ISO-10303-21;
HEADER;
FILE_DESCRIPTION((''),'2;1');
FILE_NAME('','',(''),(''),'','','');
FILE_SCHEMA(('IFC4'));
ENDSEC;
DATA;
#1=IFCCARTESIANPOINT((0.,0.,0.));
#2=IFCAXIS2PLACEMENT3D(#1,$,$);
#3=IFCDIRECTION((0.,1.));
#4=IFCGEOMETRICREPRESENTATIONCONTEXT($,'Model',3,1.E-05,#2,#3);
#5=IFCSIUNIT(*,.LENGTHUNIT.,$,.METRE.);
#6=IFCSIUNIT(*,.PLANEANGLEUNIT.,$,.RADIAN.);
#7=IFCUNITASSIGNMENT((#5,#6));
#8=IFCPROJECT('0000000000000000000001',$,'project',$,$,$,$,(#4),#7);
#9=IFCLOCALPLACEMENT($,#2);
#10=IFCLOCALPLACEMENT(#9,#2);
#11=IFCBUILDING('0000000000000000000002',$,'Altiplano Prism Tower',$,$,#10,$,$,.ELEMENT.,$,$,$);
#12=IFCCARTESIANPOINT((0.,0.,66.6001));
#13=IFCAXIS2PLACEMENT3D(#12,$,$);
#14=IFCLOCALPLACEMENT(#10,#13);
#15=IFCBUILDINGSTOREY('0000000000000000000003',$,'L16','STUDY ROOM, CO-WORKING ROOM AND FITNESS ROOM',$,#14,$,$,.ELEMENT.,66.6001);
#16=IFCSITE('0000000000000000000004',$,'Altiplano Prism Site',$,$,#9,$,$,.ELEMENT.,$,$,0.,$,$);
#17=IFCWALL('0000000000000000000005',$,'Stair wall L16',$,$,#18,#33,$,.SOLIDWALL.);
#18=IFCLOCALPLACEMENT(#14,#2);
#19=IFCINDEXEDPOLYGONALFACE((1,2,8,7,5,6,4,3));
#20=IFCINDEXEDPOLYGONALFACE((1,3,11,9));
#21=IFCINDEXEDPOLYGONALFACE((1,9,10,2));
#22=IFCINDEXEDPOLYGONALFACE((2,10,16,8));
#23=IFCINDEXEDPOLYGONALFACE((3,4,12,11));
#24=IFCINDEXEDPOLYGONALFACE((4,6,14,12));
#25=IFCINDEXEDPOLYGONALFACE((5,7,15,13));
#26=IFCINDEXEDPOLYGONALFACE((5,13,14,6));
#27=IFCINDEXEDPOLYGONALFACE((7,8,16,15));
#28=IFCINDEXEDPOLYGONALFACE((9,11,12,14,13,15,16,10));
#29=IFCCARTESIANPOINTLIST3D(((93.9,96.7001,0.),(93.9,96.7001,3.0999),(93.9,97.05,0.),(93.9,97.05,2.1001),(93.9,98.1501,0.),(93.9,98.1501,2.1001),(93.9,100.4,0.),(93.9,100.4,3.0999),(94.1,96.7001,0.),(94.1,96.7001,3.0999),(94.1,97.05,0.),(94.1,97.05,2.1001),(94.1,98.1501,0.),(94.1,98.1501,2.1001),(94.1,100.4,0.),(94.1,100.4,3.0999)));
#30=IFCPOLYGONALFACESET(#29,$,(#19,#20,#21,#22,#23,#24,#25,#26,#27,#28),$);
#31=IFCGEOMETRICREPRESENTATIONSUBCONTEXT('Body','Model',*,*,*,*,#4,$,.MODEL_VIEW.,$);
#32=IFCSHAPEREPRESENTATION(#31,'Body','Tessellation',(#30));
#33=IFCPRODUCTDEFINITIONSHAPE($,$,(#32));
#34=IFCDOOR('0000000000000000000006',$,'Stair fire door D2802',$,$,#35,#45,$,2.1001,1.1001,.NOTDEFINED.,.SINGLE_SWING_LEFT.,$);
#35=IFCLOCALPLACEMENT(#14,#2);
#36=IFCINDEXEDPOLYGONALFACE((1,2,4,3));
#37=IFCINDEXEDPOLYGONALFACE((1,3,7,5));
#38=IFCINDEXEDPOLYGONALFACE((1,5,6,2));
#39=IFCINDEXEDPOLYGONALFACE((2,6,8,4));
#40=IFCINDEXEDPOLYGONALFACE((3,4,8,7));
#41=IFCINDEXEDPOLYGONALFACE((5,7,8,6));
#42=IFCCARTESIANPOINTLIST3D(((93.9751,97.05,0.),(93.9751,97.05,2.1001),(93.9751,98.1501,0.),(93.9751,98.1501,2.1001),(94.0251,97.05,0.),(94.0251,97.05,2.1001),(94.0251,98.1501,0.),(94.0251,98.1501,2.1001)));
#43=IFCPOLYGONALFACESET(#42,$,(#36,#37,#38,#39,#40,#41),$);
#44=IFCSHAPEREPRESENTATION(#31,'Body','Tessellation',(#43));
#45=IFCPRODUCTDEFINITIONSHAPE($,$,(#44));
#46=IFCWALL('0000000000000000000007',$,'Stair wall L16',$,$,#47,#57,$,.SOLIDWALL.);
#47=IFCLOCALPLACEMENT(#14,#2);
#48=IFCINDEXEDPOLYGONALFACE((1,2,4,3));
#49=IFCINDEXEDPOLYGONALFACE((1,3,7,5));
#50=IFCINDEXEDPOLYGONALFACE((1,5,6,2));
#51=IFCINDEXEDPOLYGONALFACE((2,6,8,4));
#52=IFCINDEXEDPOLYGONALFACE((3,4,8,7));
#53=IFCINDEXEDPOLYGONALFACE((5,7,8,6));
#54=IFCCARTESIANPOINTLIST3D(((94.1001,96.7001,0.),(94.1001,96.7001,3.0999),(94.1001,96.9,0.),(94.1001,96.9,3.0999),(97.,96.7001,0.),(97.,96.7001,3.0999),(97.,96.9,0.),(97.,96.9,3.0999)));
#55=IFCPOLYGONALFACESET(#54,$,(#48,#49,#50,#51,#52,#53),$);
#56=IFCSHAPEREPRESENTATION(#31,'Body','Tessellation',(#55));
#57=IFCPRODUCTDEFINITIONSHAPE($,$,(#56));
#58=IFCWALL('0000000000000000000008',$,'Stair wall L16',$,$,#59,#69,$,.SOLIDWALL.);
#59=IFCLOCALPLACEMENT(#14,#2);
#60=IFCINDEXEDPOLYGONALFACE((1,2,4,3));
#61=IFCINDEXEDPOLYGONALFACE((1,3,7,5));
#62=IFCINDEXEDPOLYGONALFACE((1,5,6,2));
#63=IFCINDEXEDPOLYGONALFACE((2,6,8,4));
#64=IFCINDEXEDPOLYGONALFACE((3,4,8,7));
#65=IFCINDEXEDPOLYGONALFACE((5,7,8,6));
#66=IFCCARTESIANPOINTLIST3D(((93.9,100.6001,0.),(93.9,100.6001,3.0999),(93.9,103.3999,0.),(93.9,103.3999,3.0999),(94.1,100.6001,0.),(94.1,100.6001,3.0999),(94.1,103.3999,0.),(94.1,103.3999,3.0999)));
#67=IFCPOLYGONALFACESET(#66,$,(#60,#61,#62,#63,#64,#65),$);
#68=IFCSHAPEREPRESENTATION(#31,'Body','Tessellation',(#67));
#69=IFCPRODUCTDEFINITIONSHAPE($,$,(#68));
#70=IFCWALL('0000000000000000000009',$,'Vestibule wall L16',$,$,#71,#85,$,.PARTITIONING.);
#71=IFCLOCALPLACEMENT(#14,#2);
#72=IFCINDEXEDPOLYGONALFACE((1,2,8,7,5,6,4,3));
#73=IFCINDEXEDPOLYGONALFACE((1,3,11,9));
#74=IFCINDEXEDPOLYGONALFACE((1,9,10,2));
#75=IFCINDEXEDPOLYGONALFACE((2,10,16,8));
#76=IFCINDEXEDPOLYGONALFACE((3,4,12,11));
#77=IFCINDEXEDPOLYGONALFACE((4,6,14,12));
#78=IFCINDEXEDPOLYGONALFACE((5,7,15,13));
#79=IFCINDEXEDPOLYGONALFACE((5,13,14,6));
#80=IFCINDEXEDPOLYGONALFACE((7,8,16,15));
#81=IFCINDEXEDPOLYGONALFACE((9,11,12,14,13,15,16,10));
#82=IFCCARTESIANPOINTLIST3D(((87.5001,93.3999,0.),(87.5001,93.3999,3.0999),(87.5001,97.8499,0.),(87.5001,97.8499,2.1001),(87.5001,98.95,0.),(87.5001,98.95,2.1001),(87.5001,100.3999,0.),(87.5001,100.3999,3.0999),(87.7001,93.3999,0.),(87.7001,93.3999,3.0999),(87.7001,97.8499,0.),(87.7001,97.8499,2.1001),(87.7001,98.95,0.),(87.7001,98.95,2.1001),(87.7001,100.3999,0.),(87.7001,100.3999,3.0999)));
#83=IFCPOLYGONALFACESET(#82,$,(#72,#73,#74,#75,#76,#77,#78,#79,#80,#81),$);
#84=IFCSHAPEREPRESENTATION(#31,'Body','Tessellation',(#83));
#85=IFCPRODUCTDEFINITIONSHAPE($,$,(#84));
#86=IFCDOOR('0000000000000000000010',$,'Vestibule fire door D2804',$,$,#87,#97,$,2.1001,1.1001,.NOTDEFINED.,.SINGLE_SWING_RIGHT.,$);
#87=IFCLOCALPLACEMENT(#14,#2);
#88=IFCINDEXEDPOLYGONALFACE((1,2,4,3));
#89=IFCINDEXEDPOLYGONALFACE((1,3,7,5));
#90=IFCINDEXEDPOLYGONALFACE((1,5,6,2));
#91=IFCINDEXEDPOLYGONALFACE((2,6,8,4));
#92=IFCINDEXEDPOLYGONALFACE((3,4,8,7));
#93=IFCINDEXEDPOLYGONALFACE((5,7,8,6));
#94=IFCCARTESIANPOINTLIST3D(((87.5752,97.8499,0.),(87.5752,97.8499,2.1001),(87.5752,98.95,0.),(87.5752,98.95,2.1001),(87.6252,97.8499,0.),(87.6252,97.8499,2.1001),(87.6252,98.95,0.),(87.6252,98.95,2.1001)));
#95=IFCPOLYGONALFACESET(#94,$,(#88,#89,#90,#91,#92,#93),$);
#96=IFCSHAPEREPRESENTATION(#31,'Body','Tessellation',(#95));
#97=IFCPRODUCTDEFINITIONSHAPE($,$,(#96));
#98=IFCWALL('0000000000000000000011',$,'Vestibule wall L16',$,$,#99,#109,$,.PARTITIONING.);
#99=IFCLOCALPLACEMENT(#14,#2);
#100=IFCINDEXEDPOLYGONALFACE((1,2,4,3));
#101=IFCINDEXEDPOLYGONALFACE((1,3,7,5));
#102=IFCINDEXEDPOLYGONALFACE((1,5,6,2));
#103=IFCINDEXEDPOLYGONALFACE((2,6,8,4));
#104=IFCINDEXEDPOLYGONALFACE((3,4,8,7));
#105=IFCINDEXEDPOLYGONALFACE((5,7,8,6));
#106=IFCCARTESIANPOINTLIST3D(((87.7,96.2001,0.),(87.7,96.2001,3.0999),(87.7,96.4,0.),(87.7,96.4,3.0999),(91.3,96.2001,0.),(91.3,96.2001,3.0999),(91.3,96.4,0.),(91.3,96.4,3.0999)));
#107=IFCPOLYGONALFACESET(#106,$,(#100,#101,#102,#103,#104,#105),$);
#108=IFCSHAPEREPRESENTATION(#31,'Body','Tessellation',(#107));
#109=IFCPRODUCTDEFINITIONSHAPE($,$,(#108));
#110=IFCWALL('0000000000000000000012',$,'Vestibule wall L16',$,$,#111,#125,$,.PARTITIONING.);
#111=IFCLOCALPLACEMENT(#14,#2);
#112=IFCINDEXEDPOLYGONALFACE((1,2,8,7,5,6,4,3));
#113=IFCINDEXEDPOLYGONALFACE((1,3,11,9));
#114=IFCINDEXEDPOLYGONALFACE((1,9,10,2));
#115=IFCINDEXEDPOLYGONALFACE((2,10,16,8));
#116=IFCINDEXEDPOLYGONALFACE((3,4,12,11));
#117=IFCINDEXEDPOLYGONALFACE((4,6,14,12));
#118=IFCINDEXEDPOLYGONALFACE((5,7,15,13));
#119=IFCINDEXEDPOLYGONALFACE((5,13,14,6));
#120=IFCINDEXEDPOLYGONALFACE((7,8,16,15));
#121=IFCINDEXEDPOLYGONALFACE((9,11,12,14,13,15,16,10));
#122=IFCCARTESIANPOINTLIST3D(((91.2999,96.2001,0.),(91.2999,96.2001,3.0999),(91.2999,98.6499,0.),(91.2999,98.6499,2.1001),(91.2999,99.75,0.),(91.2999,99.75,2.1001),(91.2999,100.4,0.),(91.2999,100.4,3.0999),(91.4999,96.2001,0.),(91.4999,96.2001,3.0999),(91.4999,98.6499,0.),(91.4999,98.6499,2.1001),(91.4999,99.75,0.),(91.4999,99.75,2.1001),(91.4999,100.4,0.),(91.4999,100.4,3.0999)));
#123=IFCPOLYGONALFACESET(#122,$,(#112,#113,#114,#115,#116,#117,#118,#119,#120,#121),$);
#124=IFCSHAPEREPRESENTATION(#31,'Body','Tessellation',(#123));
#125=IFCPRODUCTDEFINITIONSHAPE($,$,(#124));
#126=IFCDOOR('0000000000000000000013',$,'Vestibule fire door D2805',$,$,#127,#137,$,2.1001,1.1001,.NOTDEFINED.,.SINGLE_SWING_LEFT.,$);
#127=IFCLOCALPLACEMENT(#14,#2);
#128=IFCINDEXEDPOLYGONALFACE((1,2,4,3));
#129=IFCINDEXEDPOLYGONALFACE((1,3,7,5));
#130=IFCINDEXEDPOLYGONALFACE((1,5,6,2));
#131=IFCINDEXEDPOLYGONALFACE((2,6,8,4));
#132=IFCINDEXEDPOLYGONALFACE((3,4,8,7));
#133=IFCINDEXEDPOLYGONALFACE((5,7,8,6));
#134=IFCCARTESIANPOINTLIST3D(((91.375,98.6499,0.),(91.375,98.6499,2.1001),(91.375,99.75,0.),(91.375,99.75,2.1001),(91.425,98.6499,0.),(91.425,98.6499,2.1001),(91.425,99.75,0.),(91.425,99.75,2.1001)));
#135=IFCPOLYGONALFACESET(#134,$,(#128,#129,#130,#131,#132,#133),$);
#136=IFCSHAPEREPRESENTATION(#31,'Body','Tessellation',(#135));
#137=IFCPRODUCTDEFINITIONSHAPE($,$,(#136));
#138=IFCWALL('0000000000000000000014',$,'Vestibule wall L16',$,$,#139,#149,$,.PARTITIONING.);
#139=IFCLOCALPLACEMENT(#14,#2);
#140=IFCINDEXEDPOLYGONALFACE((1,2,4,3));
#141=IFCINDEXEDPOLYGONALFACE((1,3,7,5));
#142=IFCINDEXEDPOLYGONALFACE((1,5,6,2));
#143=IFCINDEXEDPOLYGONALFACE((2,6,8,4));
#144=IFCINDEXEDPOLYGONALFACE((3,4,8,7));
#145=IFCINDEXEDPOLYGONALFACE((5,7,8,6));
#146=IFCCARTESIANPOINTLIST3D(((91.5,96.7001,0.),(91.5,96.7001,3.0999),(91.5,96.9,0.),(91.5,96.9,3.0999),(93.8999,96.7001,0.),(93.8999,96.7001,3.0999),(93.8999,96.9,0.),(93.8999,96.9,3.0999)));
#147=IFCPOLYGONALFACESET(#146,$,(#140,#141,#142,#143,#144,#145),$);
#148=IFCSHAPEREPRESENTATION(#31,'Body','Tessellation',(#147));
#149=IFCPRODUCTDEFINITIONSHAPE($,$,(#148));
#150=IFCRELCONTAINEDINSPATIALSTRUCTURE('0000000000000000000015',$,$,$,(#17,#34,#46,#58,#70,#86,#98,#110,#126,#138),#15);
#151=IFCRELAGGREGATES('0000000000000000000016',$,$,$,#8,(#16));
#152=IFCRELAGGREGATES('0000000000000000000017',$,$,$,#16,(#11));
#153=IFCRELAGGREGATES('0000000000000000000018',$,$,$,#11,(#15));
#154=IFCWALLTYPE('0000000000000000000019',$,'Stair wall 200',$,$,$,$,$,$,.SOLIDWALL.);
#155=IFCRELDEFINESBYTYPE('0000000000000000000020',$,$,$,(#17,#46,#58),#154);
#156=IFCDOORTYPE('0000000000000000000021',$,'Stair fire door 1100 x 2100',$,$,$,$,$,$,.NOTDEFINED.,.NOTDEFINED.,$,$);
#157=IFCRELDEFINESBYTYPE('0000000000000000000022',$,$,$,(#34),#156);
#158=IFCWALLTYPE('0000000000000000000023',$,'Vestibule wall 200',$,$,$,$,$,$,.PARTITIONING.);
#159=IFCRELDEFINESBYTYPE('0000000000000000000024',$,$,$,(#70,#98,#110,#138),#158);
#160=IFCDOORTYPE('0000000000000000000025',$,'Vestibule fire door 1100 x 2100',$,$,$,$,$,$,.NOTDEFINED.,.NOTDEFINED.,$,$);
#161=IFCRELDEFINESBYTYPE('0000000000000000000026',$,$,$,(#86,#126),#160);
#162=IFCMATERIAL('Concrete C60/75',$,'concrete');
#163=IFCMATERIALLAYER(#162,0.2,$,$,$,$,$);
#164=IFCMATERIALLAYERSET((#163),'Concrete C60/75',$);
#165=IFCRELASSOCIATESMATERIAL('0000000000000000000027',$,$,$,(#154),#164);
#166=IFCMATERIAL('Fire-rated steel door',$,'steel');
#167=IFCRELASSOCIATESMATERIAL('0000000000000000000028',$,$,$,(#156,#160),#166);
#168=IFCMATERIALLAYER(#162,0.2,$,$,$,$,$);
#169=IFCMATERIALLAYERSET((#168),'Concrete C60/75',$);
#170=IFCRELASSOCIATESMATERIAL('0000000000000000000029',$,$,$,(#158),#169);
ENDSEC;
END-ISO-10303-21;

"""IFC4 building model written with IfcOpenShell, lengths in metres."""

from ifc_helpers import new_model, si_unit, direction, frame, frame_2d, origin, place, context, subcontext, project, spatial, rectangle, extrude, material, layer, layer_set, type_object, element, fill, save


model = new_model("IFC4")

# Units and contexts
model_context = context("Model", 3, precision=1e-05, world=origin(), true_north=direction((0.0, 1.0)))
body_context = subcontext(model_context, "Body", "Model", "MODEL_VIEW")
ifc_project = project(units=[si_unit("LENGTHUNIT", "METRE"), si_unit("PLANEANGLEUNIT", "RADIAN")], contexts=[model_context])

# Site, building, storey
site_placement = place(None, origin())
site = spatial("IfcSite", under=ifc_project, at=site_placement, Name="Altiplano Prism Site", CompositionType="ELEMENT", RefElevation=0.0)
building_placement = place(site_placement, origin())
building = spatial("IfcBuilding", under=site, at=building_placement, Name="Altiplano Prism Tower", CompositionType="ELEMENT")
storey_placement = place(building_placement, frame((0.0, 0.0, 66.6001)))
storey = spatial("IfcBuildingStorey", under=building, at=storey_placement, Name="L16", Description="STUDY ROOM, CO-WORKING ROOM AND FITNESS ROOM", CompositionType="ELEMENT", Elevation=66.6001)

# Shared definitions
ifc_material_1 = material(Name="Concrete C60/75", Category="concrete")

# Wall, opening, door
ifc_layer_1 = layer(ifc_material_1, 0.2)
ifc_layer_set_1 = layer_set([ifc_layer_1], Name="Concrete C60/75")
wall_type_1 = type_object("IfcWallType", Name="Stair wall 200", PredefinedType="SOLIDWALL", material=ifc_layer_set_1)
wall_1_placement = place(storey_placement, frame((94.0, 96.7, 0.0), z_axis=(0.0, 0.0, 1.0), x_axis=(0.0, 1.0, 0.0)))
wall_1 = element("IfcWall", 1, at=wall_1_placement, inside=storey, type_object=wall_type_1, Name="Stair wall L16", PredefinedType="SOLIDWALL", context=body_context, shape_type="SweptSolid", body=[
    extrude(rectangle(XDim=3.7, YDim=0.2, at=frame_2d((1.8501, 0.0))), origin(), (0.0, 0.0, 1.0), 3.0999),
])
opening_1_placement = place(wall_1_placement, frame((0.3501, 0.0, 0.0)))
opening_1 = element("IfcOpeningElement", 2, at=opening_1_placement, cuts=wall_1, PredefinedType="OPENING", context=body_context, shape_type="SweptSolid", body=[
    extrude(rectangle(XDim=1.1001, YDim=2.1001, at=frame_2d((0.55, 1.05))), frame((0.0, 0.1104, 0.0), z_axis=(0.0, -1.0, 0.0), x_axis=(1.0, 0.0, 0.0)), (0.0, 0.0, 1.0), 0.2209),
])
ifc_material_2 = material(Name="Fire-rated steel door", Category="steel")
door_type_1 = type_object("IfcDoorType", Name="Stair fire door 1100 x 2100", OperationType="NOTDEFINED", PredefinedType="NOTDEFINED", material=ifc_material_2)
door_1_placement = place(opening_1_placement, origin())
door_1 = element("IfcDoor", 3, at=door_1_placement, inside=storey, type_object=door_type_1, Name="Stair fire door D2802", OperationType="SINGLE_SWING_LEFT", OverallHeight=2.1001, OverallWidth=1.1001, PredefinedType="NOTDEFINED", context=body_context, shape_type="SweptSolid", body=[
    extrude(rectangle(XDim=1.1001, YDim=2.1001, at=frame_2d((0.55, 1.05))), frame((0.0, 0.0249, 0.0), z_axis=(0.0, -1.0, 0.0), x_axis=(1.0, 0.0, 0.0)), (0.0, 0.0, 1.0), 0.05),
])
fill(opening_1, door_1)

# Walls
wall_2_placement = place(storey_placement, frame((94.1001, 96.8, 0.0), z_axis=(0.0, 0.0, 1.0), x_axis=(1.0, 0.0, 0.0)))
element("IfcWall", 4, at=wall_2_placement, inside=storey, type_object=wall_type_1, Name="Stair wall L16", PredefinedType="SOLIDWALL", context=body_context, shape_type="SweptSolid", body=[
    extrude(rectangle(XDim=2.8999, YDim=0.2, at=frame_2d((1.45, 0.0))), origin(), (0.0, 0.0, 1.0), 3.0999),
])
wall_3_placement = place(storey_placement, frame((94.0, 100.6001, 0.0), z_axis=(0.0, 0.0, 1.0), x_axis=(0.0, 1.0, 0.0)))
element("IfcWall", 5, at=wall_3_placement, inside=storey, type_object=wall_type_1, Name="Stair wall L16", PredefinedType="SOLIDWALL", context=body_context, shape_type="SweptSolid", body=[
    extrude(rectangle(XDim=2.7998, YDim=0.2, at=frame_2d((1.3999, 0.0))), origin(), (0.0, 0.0, 1.0), 3.0999),
])

# Wall, opening, door
ifc_layer_2 = layer(ifc_material_1, 0.2)
ifc_layer_set_2 = layer_set([ifc_layer_2], Name="Concrete C60/75")
wall_type_2 = type_object("IfcWallType", Name="Vestibule wall 200", PredefinedType="PARTITIONING", material=ifc_layer_set_2)
wall_4_placement = place(storey_placement, frame((87.6001, 93.3999, 0.0), z_axis=(0.0, 0.0, 1.0), x_axis=(0.0, 1.0, 0.0)))
wall_4 = element("IfcWall", 6, at=wall_4_placement, inside=storey, type_object=wall_type_2, Name="Vestibule wall L16", PredefinedType="PARTITIONING", context=body_context, shape_type="SweptSolid", body=[
    extrude(rectangle(XDim=7.0, YDim=0.2, at=frame_2d((3.5, 0.0))), origin(), (0.0, 0.0, 1.0), 3.0999),
])
opening_2_placement = place(wall_4_placement, frame((4.45, 0.0, 0.0)))
opening_2 = element("IfcOpeningElement", 7, at=opening_2_placement, cuts=wall_4, PredefinedType="OPENING", context=body_context, shape_type="SweptSolid", body=[
    extrude(rectangle(XDim=1.1001, YDim=2.1001, at=frame_2d((0.55, 1.05))), frame((0.0, 0.1104, 0.0), z_axis=(0.0, -1.0, 0.0), x_axis=(1.0, 0.0, 0.0)), (0.0, 0.0, 1.0), 0.2209),
])
door_type_2 = type_object("IfcDoorType", Name="Vestibule fire door 1100 x 2100", OperationType="NOTDEFINED", PredefinedType="NOTDEFINED", material=ifc_material_2)
door_2_placement = place(opening_2_placement, origin())
door_2 = element("IfcDoor", 8, at=door_2_placement, inside=storey, type_object=door_type_2, Name="Vestibule fire door D2804", OperationType="SINGLE_SWING_RIGHT", OverallHeight=2.1001, OverallWidth=1.1001, PredefinedType="NOTDEFINED", context=body_context, shape_type="SweptSolid", body=[
    extrude(rectangle(XDim=1.1001, YDim=2.1001, at=frame_2d((0.55, 1.05))), frame((0.0, 0.0249, 0.0), z_axis=(0.0, -1.0, 0.0), x_axis=(1.0, 0.0, 0.0)), (0.0, 0.0, 1.0), 0.05),
])
fill(opening_2, door_2)

# Wall
wall_5_placement = place(storey_placement, frame((87.7, 96.3, 0.0), z_axis=(0.0, 0.0, 1.0), x_axis=(1.0, 0.0, 0.0)))
element("IfcWall", 9, at=wall_5_placement, inside=storey, type_object=wall_type_2, Name="Vestibule wall L16", PredefinedType="PARTITIONING", context=body_context, shape_type="SweptSolid", body=[
    extrude(rectangle(XDim=3.6001, YDim=0.2, at=frame_2d((1.8, 0.0))), origin(), (0.0, 0.0, 1.0), 3.0999),
])

# Wall, opening, door
wall_6_placement = place(storey_placement, frame((91.3999, 96.2, 0.0), z_axis=(0.0, 0.0, 1.0), x_axis=(0.0, 1.0, 0.0)))
wall_6 = element("IfcWall", 10, at=wall_6_placement, inside=storey, type_object=wall_type_2, Name="Vestibule wall L16", PredefinedType="PARTITIONING", context=body_context, shape_type="SweptSolid", body=[
    extrude(rectangle(XDim=4.2, YDim=0.2, at=frame_2d((2.1001, 0.0))), origin(), (0.0, 0.0, 1.0), 3.0999),
])
opening_3_placement = place(wall_6_placement, frame((2.45, 0.0, 0.0)))
opening_3 = element("IfcOpeningElement", 11, at=opening_3_placement, cuts=wall_6, PredefinedType="OPENING", context=body_context, shape_type="SweptSolid", body=[
    extrude(rectangle(XDim=1.1001, YDim=2.1001, at=frame_2d((0.55, 1.05))), frame((0.0, 0.1104, 0.0), z_axis=(0.0, -1.0, 0.0), x_axis=(1.0, 0.0, 0.0)), (0.0, 0.0, 1.0), 0.2209),
])
door_3_placement = place(opening_3_placement, origin())
door_3 = element("IfcDoor", 12, at=door_3_placement, inside=storey, type_object=door_type_2, Name="Vestibule fire door D2805", OperationType="SINGLE_SWING_LEFT", OverallHeight=2.1001, OverallWidth=1.1001, PredefinedType="NOTDEFINED", context=body_context, shape_type="SweptSolid", body=[
    extrude(rectangle(XDim=1.1001, YDim=2.1001, at=frame_2d((0.55, 1.05))), frame((0.0, 0.0249, 0.0), z_axis=(0.0, -1.0, 0.0), x_axis=(1.0, 0.0, 0.0)), (0.0, 0.0, 1.0), 0.05),
])
fill(opening_3, door_3)

# Wall
wall_7_placement = place(storey_placement, frame((91.5, 96.8, 0.0), z_axis=(0.0, 0.0, 1.0), x_axis=(1.0, 0.0, 0.0)))
element("IfcWall", 13, at=wall_7_placement, inside=storey, type_object=wall_type_2, Name="Vestibule wall L16", PredefinedType="PARTITIONING", context=body_context, shape_type="SweptSolid", body=[
    extrude(rectangle(XDim=2.3999, YDim=0.2, at=frame_2d((1.2, 0.0))), origin(), (0.0, 0.0, 1.0), 3.0999),
])

save(model, "model.ifc")
